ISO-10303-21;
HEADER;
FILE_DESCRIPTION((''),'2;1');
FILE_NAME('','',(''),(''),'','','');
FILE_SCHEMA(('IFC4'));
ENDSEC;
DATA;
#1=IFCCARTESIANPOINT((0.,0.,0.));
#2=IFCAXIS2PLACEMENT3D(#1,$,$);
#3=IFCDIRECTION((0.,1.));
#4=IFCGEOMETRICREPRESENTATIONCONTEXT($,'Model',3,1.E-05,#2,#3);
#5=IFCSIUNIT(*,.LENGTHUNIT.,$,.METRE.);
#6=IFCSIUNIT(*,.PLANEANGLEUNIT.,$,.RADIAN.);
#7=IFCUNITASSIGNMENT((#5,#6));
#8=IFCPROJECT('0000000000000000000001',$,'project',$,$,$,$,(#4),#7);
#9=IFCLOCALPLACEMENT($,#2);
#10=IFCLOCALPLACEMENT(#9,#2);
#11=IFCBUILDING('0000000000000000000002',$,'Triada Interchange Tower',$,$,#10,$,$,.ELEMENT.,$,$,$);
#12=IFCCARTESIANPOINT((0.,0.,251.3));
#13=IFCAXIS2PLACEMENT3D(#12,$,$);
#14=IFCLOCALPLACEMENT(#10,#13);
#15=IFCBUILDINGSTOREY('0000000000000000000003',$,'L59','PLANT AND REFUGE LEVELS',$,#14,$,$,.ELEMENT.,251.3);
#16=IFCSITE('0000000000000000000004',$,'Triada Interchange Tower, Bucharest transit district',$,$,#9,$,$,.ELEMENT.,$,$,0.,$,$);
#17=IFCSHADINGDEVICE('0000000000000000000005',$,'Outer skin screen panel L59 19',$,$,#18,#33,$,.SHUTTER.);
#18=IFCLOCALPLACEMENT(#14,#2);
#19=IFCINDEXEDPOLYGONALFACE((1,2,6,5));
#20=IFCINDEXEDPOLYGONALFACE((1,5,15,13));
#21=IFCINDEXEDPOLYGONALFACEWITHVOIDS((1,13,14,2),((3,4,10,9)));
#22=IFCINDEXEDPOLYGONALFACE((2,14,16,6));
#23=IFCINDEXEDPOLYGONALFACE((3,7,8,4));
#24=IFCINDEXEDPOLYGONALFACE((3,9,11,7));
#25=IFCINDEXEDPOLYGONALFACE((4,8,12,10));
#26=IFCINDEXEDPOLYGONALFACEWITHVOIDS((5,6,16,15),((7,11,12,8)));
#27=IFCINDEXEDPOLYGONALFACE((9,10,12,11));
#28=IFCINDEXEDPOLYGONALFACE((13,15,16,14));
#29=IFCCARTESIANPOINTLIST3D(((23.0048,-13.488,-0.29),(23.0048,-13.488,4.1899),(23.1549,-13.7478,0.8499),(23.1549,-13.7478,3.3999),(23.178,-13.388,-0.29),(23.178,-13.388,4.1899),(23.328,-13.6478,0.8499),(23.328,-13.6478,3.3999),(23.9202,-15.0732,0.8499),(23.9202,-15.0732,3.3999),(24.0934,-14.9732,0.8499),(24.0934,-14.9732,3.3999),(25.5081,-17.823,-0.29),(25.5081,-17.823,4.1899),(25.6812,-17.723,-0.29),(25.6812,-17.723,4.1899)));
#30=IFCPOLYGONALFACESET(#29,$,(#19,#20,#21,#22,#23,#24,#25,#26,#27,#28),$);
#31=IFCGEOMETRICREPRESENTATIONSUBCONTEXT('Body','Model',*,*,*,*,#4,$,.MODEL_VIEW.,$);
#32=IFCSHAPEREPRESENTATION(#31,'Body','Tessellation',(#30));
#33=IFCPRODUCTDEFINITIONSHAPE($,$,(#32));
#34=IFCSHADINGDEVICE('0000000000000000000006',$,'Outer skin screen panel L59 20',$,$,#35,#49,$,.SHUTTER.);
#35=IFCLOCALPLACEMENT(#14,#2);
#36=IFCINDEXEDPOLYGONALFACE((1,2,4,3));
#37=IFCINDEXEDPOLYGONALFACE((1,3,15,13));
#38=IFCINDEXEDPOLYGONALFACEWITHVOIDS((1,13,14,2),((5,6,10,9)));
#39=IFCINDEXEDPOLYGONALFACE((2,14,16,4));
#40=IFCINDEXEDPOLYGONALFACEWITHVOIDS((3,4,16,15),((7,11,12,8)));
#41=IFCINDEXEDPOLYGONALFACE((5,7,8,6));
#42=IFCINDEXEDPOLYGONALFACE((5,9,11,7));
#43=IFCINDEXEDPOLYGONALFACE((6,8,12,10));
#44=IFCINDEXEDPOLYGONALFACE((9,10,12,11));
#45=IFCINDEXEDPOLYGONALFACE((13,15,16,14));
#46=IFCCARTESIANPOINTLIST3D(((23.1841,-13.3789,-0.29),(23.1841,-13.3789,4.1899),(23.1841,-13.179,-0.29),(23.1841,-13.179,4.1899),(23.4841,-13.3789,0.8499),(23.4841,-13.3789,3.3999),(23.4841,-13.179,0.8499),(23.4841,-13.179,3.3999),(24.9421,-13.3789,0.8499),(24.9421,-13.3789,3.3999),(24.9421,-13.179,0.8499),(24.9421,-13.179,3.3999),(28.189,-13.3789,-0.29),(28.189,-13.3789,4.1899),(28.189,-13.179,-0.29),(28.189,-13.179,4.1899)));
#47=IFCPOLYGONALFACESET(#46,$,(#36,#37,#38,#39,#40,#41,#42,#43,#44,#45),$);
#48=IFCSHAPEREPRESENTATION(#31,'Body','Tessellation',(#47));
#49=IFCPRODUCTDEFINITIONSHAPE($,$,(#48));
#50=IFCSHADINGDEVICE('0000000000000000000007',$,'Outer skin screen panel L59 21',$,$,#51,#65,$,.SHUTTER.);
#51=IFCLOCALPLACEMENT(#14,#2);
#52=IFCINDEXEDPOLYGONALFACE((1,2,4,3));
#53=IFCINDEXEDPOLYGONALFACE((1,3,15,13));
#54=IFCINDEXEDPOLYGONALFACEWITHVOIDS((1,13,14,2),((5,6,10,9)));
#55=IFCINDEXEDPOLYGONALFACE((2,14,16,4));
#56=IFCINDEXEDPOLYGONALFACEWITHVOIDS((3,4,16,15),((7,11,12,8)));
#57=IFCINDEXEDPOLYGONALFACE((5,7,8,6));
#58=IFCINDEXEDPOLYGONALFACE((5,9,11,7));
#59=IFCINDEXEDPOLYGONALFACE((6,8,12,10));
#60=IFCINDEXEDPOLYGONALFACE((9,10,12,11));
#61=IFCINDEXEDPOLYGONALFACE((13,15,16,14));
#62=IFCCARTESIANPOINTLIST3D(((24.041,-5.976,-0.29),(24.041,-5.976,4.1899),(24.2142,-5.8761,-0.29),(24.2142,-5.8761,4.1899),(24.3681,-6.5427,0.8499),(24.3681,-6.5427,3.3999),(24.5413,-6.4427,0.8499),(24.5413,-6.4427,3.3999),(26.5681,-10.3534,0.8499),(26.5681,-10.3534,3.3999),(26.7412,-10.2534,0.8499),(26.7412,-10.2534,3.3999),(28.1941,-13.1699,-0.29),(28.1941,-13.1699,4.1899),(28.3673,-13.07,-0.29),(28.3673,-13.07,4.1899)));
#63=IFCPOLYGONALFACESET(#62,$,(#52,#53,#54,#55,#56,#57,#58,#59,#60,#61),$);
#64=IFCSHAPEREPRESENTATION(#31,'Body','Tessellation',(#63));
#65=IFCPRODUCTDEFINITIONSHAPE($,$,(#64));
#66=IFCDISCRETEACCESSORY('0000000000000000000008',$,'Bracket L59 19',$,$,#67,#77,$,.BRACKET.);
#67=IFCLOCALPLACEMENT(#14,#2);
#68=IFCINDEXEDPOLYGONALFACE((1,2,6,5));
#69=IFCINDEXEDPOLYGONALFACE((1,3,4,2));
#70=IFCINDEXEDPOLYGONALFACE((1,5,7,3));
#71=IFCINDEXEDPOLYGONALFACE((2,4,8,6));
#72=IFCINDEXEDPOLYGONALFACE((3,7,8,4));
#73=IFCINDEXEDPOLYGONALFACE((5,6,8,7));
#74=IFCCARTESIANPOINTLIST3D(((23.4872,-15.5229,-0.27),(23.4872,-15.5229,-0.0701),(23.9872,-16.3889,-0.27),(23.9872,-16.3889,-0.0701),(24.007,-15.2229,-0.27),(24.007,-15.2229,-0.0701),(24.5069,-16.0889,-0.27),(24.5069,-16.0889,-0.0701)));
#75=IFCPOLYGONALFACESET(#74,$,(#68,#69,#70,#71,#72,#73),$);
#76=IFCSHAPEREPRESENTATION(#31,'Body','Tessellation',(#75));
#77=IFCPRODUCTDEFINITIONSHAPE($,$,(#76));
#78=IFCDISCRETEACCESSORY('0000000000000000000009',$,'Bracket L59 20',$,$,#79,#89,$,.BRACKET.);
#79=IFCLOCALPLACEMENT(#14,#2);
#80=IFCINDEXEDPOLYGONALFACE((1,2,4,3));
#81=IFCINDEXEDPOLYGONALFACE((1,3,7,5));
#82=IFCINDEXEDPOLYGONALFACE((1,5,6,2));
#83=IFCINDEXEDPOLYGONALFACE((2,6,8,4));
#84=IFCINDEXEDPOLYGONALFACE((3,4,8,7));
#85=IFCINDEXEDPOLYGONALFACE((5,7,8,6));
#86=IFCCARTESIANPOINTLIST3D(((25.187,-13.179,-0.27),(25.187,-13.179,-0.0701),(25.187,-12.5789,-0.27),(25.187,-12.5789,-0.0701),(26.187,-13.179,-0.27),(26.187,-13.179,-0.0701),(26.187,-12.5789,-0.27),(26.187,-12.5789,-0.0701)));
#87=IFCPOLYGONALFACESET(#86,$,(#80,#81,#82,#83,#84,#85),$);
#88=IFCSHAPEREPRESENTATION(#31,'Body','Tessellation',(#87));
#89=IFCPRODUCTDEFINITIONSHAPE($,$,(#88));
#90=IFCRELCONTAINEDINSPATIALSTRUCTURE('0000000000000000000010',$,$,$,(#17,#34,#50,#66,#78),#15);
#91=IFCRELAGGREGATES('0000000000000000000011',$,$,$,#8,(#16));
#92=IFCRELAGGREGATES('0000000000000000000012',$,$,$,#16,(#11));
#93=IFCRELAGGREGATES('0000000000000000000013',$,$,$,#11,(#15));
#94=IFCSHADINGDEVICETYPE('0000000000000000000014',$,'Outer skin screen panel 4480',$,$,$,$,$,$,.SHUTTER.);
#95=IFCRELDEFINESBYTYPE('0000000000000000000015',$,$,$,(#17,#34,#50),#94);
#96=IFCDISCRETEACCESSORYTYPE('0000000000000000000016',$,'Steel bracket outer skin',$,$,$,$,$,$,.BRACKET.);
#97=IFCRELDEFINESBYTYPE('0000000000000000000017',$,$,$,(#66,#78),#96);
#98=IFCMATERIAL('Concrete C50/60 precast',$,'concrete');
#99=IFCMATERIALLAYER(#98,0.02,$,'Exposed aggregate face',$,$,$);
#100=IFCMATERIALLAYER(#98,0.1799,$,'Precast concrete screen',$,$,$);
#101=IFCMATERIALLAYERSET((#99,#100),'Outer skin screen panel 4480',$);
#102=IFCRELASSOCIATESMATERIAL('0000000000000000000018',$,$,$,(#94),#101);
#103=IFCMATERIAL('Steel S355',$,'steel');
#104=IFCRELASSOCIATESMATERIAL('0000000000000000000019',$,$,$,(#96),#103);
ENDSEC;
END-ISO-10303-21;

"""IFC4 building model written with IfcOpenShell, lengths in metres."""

from ifc_helpers import new_model, si_unit, direction, frame, origin, origin_2d, place, context, subcontext, project, spatial, polyline, rectangle, outline, extrude, material, layer, layer_set, type_object, element, save


model = new_model("IFC4")

# Units and contexts
model_context = context("Model", 3, precision=1e-05, world=origin(), true_north=direction((0.0, 1.0)))
body_context = subcontext(model_context, "Body", "Model", "MODEL_VIEW")
ifc_project = project(units=[si_unit("LENGTHUNIT", "METRE"), si_unit("PLANEANGLEUNIT", "RADIAN")], contexts=[model_context])

# Site, building, storey
site_placement = place(None, origin())
site = spatial("IfcSite", under=ifc_project, at=site_placement, Name="Triada Interchange Tower, Bucharest transit district", CompositionType="ELEMENT", RefElevation=0.0)
building_placement = place(site_placement, origin())
building = spatial("IfcBuilding", under=site, at=building_placement, Name="Triada Interchange Tower", CompositionType="ELEMENT")
storey_placement = place(building_placement, frame((0.0, 0.0, 251.3)))
storey = spatial("IfcBuildingStorey", under=building, at=storey_placement, Name="L59", Description="PLANT AND REFUGE LEVELS", CompositionType="ELEMENT", Elevation=251.3)

# Shared definitions
ifc_material_1 = material(Name="Steel S355", Category="steel")

# Shading devices
ifc_material_2 = material(Name="Concrete C50/60 precast", Category="concrete")
ifc_layer_1 = layer(ifc_material_2, 0.02, Name="Exposed aggregate face")
ifc_layer_2 = layer(ifc_material_2, 0.1799, Name="Precast concrete screen")
ifc_layer_set_1 = layer_set([ifc_layer_1, ifc_layer_2], Name="Outer skin screen panel 4480")
shading_device_type = type_object("IfcShadingDeviceType", Name="Outer skin screen panel 4480", PredefinedType="SHUTTER", material=ifc_layer_set_1)
shading_device_1_placement = place(storey_placement, frame((25.5081, -17.823, -0.29), z_axis=(0.0, 0.0, 1.0), x_axis=(-0.500057, 0.865992, 0.0)))
element("IfcShadingDevice", 1, at=shading_device_1_placement, inside=storey, type_object=shading_device_type, Name="Outer skin screen panel L59 19", PredefinedType="SHUTTER", context=body_context, shape_type="SweptSolid", body=[
    extrude(outline(polyline([(0.0, 0.0), (5.0059, 0.0), (5.0059, 4.48), (0.0, 4.48), (0.0, 0.0)]), holes=[polyline([(3.1753, 1.1399), (3.1753, 3.6899), (4.7058, 3.6899), (4.7058, 1.1399), (3.1753, 1.1399)])]), frame((0.0, 0.0, 0.0), z_axis=(0.0, -1.0, 0.0), x_axis=(1.0, 0.0, 0.0)), (0.0, 0.0, 1.0), 0.2),
])
shading_device_2_placement = place(storey_placement, frame((23.1841, -13.179, -0.29), z_axis=(0.0, 0.0, 1.0), x_axis=(1.0, 0.0, 0.0)))
element("IfcShadingDevice", 2, at=shading_device_2_placement, inside=storey, type_object=shading_device_type, Name="Outer skin screen panel L59 20", PredefinedType="SHUTTER", context=body_context, shape_type="SweptSolid", body=[
    extrude(outline(polyline([(0.0, 0.0), (5.0049, 0.0), (5.0049, 4.48), (0.0, 4.48), (0.0, 0.0)]), holes=[polyline([(0.3, 1.1399), (0.3, 3.6899), (1.7581, 3.6899), (1.7581, 1.1399), (0.3, 1.1399)])]), frame((0.0, 0.0, 0.0), z_axis=(0.0, -1.0, 0.0), x_axis=(1.0, 0.0, 0.0)), (0.0, 0.0, 1.0), 0.2),
])
shading_device_3_placement = place(storey_placement, frame((28.1941, -13.1699, -0.29), z_axis=(0.0, 0.0, 1.0), x_axis=(-0.499973, 0.866041, 0.0)))
element("IfcShadingDevice", 3, at=shading_device_3_placement, inside=storey, type_object=shading_device_type, Name="Outer skin screen panel L59 21", PredefinedType="SHUTTER", context=body_context, shape_type="SweptSolid", body=[
    extrude(outline(polyline([(0.0, 0.0), (8.3066, 0.0), (8.3066, 4.48), (0.0, 4.48), (0.0, 0.0)]), holes=[polyline([(3.2522, 1.1399), (3.2522, 3.6899), (7.6523, 3.6899), (7.6523, 1.1399), (3.2522, 1.1399)])]), frame((0.0, 0.0, 0.0), z_axis=(0.0, -1.0, 0.0), x_axis=(1.0, 0.0, 0.0)), (0.0, 0.0, 1.0), 0.2),
])

# Discrete accessories
discrete_accessory_type = type_object("IfcDiscreteAccessoryType", Name="Steel bracket outer skin", PredefinedType="BRACKET", material=ifc_material_1)
for number, where, z_axis, x_axis, name in (
    (4, (23.9971, -15.8059, -0.27), (0.0, 0.0, 1.0), (0.866059, 0.499943, 0.0), "Bracket L59 19"),
    (5, (25.687, -12.8789, -0.27), (0.0, 0.0, 1.0), (0.0, -1.0, 0.0), "Bracket L59 20"),
):
    element("IfcDiscreteAccessory", number, at=place(storey_placement, frame(where, z_axis=z_axis, x_axis=x_axis)), inside=storey, type_object=discrete_accessory_type, Name=name, PredefinedType="BRACKET", context=body_context, shape_type="SweptSolid", body=[
        extrude(rectangle(XDim=0.6001, YDim=1.0, at=origin_2d()), origin(), (0.0, 0.0, 1.0), 0.2),
    ])

save(model, "model.ifc")
